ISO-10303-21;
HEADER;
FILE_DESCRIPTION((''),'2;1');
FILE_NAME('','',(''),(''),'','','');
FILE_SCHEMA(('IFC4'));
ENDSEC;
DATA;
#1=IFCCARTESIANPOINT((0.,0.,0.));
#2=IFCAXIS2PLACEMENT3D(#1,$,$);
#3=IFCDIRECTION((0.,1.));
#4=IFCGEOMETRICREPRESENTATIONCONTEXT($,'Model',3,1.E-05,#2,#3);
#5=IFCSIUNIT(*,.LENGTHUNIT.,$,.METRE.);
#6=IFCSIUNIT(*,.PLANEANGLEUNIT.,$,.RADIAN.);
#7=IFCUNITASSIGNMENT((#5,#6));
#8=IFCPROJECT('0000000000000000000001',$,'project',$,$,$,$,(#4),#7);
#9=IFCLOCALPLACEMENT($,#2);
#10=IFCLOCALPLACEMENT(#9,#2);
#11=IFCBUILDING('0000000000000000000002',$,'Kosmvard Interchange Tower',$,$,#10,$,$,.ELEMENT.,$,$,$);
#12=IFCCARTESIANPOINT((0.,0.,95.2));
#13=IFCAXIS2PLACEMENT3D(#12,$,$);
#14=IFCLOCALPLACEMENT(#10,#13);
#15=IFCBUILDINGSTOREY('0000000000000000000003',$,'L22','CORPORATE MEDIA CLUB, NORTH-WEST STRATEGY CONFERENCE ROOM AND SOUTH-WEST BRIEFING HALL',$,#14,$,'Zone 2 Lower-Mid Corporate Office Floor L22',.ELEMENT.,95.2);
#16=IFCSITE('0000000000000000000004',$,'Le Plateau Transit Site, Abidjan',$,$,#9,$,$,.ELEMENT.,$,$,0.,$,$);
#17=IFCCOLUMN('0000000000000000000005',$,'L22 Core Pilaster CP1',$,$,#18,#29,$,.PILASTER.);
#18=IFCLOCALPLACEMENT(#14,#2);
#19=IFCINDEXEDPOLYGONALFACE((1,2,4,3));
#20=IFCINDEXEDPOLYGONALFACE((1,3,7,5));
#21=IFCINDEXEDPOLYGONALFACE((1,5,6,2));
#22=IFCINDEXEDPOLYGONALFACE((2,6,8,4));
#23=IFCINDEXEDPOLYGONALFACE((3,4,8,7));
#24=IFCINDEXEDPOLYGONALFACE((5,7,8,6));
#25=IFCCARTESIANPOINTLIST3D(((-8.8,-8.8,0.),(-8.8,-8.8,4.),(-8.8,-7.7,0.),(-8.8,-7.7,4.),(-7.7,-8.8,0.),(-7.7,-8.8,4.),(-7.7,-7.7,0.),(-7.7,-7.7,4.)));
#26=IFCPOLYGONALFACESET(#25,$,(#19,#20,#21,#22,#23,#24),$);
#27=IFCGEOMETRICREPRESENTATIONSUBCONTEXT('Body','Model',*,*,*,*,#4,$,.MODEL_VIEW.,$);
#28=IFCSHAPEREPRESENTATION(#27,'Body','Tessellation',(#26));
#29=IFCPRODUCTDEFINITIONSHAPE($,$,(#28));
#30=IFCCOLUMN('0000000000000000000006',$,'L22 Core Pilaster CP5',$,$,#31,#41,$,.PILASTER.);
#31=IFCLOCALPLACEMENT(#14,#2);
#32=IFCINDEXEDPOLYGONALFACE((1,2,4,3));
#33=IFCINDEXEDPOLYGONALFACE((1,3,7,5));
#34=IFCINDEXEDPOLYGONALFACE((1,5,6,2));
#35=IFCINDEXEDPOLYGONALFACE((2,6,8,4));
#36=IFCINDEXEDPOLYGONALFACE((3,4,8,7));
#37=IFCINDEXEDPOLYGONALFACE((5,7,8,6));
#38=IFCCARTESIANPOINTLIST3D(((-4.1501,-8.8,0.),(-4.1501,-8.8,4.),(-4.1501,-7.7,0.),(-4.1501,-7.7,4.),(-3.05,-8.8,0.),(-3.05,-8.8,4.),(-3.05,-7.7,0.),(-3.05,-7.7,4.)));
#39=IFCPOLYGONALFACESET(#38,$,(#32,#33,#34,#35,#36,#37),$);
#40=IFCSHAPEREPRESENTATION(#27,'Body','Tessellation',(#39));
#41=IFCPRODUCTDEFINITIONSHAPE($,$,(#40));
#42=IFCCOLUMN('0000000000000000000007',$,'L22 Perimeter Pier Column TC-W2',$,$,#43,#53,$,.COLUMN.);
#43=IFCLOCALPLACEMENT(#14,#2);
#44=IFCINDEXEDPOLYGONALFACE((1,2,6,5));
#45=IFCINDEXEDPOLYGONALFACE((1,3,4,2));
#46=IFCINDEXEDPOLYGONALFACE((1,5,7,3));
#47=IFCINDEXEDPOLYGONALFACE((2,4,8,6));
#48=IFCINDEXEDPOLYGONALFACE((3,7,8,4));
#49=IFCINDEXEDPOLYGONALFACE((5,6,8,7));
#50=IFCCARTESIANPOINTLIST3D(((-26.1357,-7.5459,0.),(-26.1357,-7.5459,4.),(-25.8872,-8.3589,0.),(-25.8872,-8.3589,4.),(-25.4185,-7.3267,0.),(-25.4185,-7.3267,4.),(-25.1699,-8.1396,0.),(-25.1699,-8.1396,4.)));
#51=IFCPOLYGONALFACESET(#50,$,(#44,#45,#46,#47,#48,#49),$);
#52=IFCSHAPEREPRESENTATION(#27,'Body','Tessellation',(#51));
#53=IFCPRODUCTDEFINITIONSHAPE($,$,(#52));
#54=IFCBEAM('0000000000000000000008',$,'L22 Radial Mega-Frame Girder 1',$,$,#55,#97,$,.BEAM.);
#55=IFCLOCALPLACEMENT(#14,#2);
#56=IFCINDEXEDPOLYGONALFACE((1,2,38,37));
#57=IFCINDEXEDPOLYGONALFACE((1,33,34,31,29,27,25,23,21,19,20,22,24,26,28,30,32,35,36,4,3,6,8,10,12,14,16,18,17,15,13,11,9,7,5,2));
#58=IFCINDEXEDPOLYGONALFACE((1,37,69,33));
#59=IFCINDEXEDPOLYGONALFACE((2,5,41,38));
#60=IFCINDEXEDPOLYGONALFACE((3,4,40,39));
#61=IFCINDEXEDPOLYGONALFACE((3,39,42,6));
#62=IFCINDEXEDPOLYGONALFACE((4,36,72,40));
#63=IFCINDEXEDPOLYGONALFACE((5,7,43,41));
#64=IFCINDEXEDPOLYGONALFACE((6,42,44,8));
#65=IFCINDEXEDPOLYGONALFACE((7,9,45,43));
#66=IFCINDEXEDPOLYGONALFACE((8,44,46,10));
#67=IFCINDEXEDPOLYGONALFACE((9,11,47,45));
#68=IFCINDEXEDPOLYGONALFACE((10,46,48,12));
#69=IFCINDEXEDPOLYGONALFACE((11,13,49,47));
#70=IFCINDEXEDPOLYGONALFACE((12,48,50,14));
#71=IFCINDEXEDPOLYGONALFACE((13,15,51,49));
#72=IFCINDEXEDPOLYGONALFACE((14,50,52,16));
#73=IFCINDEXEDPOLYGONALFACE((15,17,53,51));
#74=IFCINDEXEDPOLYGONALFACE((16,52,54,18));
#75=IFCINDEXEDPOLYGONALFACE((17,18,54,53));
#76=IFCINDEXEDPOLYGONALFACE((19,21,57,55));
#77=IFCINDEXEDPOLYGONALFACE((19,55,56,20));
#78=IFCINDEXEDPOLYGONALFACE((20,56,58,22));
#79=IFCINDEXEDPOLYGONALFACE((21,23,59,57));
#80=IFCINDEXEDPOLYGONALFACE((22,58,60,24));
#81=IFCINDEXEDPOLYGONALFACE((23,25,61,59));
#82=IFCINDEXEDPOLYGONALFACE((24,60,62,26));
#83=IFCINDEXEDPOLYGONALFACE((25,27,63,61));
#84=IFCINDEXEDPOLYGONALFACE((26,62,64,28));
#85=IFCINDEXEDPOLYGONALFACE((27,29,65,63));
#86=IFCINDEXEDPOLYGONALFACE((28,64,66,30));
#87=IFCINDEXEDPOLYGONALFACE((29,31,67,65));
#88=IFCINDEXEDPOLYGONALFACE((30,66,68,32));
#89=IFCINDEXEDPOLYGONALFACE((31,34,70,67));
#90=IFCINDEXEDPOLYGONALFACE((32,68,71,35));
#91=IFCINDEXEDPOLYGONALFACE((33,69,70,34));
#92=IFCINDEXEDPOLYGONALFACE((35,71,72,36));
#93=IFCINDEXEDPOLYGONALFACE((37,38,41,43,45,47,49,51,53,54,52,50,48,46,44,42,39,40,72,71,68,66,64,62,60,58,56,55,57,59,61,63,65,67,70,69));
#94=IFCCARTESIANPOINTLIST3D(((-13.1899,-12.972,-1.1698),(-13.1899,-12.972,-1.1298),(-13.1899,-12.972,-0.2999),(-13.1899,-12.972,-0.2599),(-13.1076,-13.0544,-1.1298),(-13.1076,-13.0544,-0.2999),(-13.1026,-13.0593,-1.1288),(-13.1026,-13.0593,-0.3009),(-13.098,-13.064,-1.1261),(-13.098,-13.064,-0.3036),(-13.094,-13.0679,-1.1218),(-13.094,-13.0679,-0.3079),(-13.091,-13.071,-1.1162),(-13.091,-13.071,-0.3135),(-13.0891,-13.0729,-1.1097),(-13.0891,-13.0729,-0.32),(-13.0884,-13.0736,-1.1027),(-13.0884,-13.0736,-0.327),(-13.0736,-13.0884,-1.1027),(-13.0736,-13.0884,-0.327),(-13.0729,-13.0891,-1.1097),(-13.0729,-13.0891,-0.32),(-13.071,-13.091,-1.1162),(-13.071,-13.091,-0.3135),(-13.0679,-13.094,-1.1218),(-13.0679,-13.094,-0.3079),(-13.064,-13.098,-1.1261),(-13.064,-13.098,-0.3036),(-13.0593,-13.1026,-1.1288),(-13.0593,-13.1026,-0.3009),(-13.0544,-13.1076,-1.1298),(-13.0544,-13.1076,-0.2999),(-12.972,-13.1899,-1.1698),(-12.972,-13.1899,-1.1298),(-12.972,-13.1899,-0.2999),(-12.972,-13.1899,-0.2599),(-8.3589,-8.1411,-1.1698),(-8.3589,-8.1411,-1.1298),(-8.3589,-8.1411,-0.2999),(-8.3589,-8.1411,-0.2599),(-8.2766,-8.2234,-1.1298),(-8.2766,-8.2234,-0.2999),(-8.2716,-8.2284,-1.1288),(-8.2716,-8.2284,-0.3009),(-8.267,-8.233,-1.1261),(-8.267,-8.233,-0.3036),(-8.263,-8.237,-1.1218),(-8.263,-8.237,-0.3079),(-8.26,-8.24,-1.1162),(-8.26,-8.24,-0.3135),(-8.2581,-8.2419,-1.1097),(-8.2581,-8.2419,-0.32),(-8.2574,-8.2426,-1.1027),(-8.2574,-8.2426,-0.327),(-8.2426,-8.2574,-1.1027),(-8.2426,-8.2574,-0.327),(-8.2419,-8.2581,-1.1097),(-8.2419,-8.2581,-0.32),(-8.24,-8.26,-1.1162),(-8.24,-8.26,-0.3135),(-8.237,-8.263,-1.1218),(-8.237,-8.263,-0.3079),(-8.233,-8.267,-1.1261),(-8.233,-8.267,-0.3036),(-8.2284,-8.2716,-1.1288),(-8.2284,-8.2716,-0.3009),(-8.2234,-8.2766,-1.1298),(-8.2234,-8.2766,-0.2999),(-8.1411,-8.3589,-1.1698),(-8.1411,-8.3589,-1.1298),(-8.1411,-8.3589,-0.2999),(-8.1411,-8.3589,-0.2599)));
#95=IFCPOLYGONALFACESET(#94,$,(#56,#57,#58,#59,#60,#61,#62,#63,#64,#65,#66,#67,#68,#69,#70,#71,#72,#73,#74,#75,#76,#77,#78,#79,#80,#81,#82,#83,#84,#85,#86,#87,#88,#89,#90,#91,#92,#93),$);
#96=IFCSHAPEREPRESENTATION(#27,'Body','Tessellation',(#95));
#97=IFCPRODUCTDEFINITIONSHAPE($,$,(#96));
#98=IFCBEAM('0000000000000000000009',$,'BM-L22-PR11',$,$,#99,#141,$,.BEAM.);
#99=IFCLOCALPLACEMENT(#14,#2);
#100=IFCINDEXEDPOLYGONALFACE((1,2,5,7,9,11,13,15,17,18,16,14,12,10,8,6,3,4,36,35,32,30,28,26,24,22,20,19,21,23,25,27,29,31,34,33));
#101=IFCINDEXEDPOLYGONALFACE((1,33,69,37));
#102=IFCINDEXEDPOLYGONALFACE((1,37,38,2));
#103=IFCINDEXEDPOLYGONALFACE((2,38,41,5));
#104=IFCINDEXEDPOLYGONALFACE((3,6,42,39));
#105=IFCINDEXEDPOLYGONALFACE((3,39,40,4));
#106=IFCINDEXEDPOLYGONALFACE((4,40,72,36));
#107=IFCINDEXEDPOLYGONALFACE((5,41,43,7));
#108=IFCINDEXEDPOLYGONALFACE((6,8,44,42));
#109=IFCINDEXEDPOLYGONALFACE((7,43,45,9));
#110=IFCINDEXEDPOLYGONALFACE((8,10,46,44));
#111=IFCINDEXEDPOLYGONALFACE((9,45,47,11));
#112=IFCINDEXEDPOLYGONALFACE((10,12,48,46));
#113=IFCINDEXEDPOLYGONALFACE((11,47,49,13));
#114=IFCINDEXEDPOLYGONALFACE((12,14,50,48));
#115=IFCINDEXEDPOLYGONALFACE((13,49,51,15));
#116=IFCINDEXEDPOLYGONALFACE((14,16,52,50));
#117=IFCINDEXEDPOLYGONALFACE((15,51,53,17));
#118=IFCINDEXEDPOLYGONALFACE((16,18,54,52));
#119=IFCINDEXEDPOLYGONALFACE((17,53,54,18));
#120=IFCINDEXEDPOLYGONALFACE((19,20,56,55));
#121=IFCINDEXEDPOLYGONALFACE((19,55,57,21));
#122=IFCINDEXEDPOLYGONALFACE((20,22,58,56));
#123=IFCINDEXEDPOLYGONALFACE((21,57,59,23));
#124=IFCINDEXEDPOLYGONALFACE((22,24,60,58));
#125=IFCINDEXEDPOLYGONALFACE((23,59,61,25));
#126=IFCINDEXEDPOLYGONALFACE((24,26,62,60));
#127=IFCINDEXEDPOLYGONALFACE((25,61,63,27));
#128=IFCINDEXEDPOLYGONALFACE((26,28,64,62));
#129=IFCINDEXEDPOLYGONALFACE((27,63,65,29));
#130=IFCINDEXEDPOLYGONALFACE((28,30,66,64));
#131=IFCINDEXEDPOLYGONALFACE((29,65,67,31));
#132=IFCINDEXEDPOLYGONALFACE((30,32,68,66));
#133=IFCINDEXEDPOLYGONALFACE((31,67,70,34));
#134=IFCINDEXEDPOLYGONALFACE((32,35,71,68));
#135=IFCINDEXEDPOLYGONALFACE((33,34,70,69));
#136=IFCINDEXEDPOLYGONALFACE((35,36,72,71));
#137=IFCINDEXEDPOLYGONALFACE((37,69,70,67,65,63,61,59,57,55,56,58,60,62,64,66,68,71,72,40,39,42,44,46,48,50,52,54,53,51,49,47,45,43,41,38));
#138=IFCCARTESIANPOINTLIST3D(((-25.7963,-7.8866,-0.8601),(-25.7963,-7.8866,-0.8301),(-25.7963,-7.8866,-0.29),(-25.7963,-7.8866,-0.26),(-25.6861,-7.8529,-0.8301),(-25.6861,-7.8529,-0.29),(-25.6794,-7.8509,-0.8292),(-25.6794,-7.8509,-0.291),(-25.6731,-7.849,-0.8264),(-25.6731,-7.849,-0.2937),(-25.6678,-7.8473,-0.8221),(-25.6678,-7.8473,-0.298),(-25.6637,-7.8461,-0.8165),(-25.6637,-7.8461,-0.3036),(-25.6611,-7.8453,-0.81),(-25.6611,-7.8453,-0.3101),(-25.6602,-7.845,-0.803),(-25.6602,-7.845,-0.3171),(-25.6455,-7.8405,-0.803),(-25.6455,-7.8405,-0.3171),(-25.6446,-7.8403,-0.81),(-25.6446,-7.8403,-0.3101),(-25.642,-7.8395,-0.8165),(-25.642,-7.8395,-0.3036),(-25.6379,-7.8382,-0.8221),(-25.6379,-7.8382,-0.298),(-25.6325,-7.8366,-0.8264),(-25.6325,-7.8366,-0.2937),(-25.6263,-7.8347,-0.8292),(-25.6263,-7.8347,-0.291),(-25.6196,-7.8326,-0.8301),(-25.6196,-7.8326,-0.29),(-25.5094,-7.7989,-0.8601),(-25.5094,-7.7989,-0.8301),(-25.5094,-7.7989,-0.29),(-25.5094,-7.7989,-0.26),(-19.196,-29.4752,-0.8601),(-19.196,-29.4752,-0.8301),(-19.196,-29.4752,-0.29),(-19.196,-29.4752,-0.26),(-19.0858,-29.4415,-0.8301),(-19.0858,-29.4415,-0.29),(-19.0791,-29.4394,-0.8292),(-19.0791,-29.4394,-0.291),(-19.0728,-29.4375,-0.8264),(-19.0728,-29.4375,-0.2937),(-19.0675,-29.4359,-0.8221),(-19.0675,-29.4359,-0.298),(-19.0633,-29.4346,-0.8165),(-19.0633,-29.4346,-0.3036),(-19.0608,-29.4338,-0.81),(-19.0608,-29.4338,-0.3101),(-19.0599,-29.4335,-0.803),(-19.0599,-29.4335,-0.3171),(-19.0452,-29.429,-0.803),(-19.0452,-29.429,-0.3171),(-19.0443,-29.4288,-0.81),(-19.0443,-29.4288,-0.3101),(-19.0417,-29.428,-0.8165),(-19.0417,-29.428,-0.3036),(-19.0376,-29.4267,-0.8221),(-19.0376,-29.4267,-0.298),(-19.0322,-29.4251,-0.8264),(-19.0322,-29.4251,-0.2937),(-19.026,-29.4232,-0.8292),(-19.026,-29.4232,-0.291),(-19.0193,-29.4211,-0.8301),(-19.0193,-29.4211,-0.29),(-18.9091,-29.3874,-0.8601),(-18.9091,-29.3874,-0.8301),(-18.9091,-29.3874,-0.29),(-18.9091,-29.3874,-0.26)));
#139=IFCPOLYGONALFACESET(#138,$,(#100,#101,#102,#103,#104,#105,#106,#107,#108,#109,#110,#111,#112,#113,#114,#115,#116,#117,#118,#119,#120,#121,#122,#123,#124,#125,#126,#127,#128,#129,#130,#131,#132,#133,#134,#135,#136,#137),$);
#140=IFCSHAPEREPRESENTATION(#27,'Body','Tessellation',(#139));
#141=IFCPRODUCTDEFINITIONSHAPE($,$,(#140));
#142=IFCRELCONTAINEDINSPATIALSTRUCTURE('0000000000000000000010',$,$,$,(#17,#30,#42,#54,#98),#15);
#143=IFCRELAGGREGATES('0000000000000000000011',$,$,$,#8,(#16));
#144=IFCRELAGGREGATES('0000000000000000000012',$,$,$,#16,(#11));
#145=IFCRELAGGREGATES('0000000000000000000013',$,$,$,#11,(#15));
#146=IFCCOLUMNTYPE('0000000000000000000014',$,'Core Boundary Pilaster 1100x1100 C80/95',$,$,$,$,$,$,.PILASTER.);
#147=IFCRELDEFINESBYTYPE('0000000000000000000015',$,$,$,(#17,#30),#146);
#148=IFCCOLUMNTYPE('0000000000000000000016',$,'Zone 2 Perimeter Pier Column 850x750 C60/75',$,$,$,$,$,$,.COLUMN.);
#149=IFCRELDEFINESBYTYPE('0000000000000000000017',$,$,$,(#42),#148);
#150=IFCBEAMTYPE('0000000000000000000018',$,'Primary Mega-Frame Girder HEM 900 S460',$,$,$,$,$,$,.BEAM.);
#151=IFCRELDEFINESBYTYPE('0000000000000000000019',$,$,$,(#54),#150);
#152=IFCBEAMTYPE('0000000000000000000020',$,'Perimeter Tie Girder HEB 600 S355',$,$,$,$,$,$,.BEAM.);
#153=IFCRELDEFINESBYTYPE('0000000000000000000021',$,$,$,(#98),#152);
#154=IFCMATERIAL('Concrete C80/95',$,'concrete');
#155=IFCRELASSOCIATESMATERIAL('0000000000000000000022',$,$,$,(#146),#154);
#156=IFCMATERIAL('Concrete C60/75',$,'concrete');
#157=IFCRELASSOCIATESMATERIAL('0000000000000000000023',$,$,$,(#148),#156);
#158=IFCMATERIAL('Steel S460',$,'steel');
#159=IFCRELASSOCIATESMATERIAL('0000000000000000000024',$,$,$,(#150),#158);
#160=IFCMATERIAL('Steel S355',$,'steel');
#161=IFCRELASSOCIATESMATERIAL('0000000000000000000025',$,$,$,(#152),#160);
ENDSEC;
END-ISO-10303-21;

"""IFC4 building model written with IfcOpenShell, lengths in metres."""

from ifc_helpers import new_model, si_unit, direction, frame, origin, origin_2d, place, context, subcontext, project, spatial, rectangle, i_section, extrude, source, transform, mapped, material, material_profile, profile_set, type_object, element, save


model = new_model("IFC4")

# Units and contexts
model_context = context("Model", 3, precision=1e-05, world=origin(), true_north=direction((0.0, 1.0)))
body_context = subcontext(model_context, "Body", "Model", "MODEL_VIEW")
ifc_project = project(units=[si_unit("LENGTHUNIT", "METRE"), si_unit("PLANEANGLEUNIT", "RADIAN")], contexts=[model_context])

# Site, building, storey
site_placement = place(None, origin())
site = spatial("IfcSite", under=ifc_project, at=site_placement, Name="Le Plateau Transit Site, Abidjan", CompositionType="ELEMENT", RefElevation=0.0)
building_placement = place(site_placement, origin())
building = spatial("IfcBuilding", under=site, at=building_placement, Name="Kosmvard Interchange Tower", CompositionType="ELEMENT")
storey_placement = place(building_placement, frame((0.0, 0.0, 95.2)))
storey = spatial("IfcBuildingStorey", under=building, at=storey_placement, Name="L22", Description="CORPORATE MEDIA CLUB, NORTH-WEST STRATEGY CONFERENCE ROOM AND SOUTH-WEST BRIEFING HALL", LongName="Zone 2 Lower-Mid Corporate Office Floor L22", CompositionType="ELEMENT", Elevation=95.2)

# Columns
ifc_material_1 = material(Name="Concrete C80/95", Category="concrete")
ifc_material_profile_1 = material_profile(ifc_material_1, rectangle(XDim=1.1001, YDim=1.1001, at=origin_2d()), Name="CP 1100x1100")
ifc_profile_set_1 = profile_set([ifc_material_profile_1], Name="Concrete C80/95")
column_type_1 = type_object("IfcColumnType", Name="Core Boundary Pilaster 1100x1100 C80/95", PredefinedType="PILASTER", material=ifc_profile_set_1)
shared_shape_1 = source(origin(), body_context, "Body", "SweptSolid", [
    extrude(rectangle(XDim=1.1001, YDim=1.1001, at=origin_2d()), origin(), (0.0, 0.0, 1.0), 4.0),
])
for number, where, z_axis, x_axis, name in (
    (1, (-8.25, -8.25, 0.0), (0.0, 0.0, 1.0), (1.0, 0.0, 0.0), "L22 Core Pilaster CP1"),
    (2, (-3.6001, -8.25, 0.0), (0.0, 0.0, 1.0), (1.0, 0.0, 0.0), "L22 Core Pilaster CP5"),
):
    element("IfcColumn", number, at=place(storey_placement, frame(where, z_axis=z_axis, x_axis=x_axis)), inside=storey, type_object=column_type_1, Name=name, PredefinedType="PILASTER", context=body_context, shape_type="MappedRepresentation", body=[
        mapped(shared_shape_1, transform((0.0, 0.0, 0.0), scale=1.0)),
    ])
ifc_material_2 = material(Name="Concrete C60/75", Category="concrete")
ifc_material_profile_2 = material_profile(ifc_material_2, rectangle(XDim=0.75, YDim=0.8501, at=origin_2d()), Name="TC 850x750")
ifc_profile_set_2 = profile_set([ifc_material_profile_2], Name="Concrete C60/75")
column_type_2 = type_object("IfcColumnType", Name="Zone 2 Perimeter Pier Column 850x750 C60/75", PredefinedType="COLUMN", material=ifc_profile_set_2)
shared_shape_2 = source(origin(), body_context, "Body", "SweptSolid", [
    extrude(rectangle(XDim=0.75, YDim=0.8501, at=origin_2d()), origin(), (0.0, 0.0, 1.0), 4.0),
])
column_placement = place(storey_placement, frame((-25.6528, -7.8428, 0.0), z_axis=(0.0, 0.0, 1.0), x_axis=(0.956305, 0.292372, 0.0)))
element("IfcColumn", 3, at=column_placement, inside=storey, type_object=column_type_2, Name="L22 Perimeter Pier Column TC-W2", PredefinedType="COLUMN", context=body_context, shape_type="MappedRepresentation", body=[
    mapped(shared_shape_2, transform((0.0, 0.0, 0.0), scale=1.0)),
])

# Beams
ifc_material_3 = material(Name="Steel S460", Category="steel")
ifc_material_profile_3 = material_profile(ifc_material_3, i_section(OverallWidth=0.3081, OverallDepth=0.9099, WebThickness=0.021, FlangeThickness=0.04, FilletRadius=0.0271, at=origin_2d()), Name="HEM 900")
ifc_profile_set_3 = profile_set([ifc_material_profile_3], Name="Steel S460")
beam_type_1 = type_object("IfcBeamType", Name="Primary Mega-Frame Girder HEM 900 S460", PredefinedType="BEAM", material=ifc_profile_set_3)
shared_shape_3 = source(origin(), body_context, "Body", "SweptSolid", [
    extrude(i_section(OverallWidth=0.3081, OverallDepth=0.9099, WebThickness=0.021, FlangeThickness=0.04, FilletRadius=0.0271, at=origin_2d()), origin(), (0.0, 0.0, 1.0), 6.832),
])
beam_1_placement = place(storey_placement, frame((-8.25, -8.25, -0.7148), z_axis=(-0.707107, -0.707107, 0.0), x_axis=(0.707107, -0.707107, 0.0)))
element("IfcBeam", 4, at=beam_1_placement, inside=storey, type_object=beam_type_1, Name="L22 Radial Mega-Frame Girder 1", PredefinedType="BEAM", context=body_context, shape_type="MappedRepresentation", body=[
    mapped(shared_shape_3, transform((0.0, 0.0, 0.0), scale=1.0)),
])
ifc_material_4 = material(Name="Steel S355", Category="steel")
ifc_material_profile_4 = material_profile(ifc_material_4, i_section(OverallWidth=0.3, OverallDepth=0.6001, WebThickness=0.0154, FlangeThickness=0.03, FilletRadius=0.0271, at=origin_2d()), Name="HEB 600")
ifc_profile_set_4 = profile_set([ifc_material_profile_4], Name="Steel S355")
beam_type_2 = type_object("IfcBeamType", Name="Perimeter Tie Girder HEB 600 S355", PredefinedType="BEAM", material=ifc_profile_set_4)
shared_shape_4 = source(origin(), body_context, "Body", "SweptSolid", [
    extrude(i_section(OverallWidth=0.3, OverallDepth=0.6001, WebThickness=0.0154, FlangeThickness=0.03, FilletRadius=0.0271, at=origin_2d()), origin(), (0.0, 0.0, 1.0), 22.575),
])
beam_2_placement = place(storey_placement, frame((-25.6528, -7.8428, -0.5601), z_axis=(0.292373, -0.956304, 0.0), x_axis=(0.956304, 0.292373, 0.0)))
element("IfcBeam", 5, at=beam_2_placement, inside=storey, type_object=beam_type_2, Name="BM-L22-PR11", PredefinedType="BEAM", context=body_context, shape_type="MappedRepresentation", body=[
    mapped(shared_shape_4, transform((0.0, 0.0, 0.0), scale=1.0)),
])

save(model, "model.ifc")
